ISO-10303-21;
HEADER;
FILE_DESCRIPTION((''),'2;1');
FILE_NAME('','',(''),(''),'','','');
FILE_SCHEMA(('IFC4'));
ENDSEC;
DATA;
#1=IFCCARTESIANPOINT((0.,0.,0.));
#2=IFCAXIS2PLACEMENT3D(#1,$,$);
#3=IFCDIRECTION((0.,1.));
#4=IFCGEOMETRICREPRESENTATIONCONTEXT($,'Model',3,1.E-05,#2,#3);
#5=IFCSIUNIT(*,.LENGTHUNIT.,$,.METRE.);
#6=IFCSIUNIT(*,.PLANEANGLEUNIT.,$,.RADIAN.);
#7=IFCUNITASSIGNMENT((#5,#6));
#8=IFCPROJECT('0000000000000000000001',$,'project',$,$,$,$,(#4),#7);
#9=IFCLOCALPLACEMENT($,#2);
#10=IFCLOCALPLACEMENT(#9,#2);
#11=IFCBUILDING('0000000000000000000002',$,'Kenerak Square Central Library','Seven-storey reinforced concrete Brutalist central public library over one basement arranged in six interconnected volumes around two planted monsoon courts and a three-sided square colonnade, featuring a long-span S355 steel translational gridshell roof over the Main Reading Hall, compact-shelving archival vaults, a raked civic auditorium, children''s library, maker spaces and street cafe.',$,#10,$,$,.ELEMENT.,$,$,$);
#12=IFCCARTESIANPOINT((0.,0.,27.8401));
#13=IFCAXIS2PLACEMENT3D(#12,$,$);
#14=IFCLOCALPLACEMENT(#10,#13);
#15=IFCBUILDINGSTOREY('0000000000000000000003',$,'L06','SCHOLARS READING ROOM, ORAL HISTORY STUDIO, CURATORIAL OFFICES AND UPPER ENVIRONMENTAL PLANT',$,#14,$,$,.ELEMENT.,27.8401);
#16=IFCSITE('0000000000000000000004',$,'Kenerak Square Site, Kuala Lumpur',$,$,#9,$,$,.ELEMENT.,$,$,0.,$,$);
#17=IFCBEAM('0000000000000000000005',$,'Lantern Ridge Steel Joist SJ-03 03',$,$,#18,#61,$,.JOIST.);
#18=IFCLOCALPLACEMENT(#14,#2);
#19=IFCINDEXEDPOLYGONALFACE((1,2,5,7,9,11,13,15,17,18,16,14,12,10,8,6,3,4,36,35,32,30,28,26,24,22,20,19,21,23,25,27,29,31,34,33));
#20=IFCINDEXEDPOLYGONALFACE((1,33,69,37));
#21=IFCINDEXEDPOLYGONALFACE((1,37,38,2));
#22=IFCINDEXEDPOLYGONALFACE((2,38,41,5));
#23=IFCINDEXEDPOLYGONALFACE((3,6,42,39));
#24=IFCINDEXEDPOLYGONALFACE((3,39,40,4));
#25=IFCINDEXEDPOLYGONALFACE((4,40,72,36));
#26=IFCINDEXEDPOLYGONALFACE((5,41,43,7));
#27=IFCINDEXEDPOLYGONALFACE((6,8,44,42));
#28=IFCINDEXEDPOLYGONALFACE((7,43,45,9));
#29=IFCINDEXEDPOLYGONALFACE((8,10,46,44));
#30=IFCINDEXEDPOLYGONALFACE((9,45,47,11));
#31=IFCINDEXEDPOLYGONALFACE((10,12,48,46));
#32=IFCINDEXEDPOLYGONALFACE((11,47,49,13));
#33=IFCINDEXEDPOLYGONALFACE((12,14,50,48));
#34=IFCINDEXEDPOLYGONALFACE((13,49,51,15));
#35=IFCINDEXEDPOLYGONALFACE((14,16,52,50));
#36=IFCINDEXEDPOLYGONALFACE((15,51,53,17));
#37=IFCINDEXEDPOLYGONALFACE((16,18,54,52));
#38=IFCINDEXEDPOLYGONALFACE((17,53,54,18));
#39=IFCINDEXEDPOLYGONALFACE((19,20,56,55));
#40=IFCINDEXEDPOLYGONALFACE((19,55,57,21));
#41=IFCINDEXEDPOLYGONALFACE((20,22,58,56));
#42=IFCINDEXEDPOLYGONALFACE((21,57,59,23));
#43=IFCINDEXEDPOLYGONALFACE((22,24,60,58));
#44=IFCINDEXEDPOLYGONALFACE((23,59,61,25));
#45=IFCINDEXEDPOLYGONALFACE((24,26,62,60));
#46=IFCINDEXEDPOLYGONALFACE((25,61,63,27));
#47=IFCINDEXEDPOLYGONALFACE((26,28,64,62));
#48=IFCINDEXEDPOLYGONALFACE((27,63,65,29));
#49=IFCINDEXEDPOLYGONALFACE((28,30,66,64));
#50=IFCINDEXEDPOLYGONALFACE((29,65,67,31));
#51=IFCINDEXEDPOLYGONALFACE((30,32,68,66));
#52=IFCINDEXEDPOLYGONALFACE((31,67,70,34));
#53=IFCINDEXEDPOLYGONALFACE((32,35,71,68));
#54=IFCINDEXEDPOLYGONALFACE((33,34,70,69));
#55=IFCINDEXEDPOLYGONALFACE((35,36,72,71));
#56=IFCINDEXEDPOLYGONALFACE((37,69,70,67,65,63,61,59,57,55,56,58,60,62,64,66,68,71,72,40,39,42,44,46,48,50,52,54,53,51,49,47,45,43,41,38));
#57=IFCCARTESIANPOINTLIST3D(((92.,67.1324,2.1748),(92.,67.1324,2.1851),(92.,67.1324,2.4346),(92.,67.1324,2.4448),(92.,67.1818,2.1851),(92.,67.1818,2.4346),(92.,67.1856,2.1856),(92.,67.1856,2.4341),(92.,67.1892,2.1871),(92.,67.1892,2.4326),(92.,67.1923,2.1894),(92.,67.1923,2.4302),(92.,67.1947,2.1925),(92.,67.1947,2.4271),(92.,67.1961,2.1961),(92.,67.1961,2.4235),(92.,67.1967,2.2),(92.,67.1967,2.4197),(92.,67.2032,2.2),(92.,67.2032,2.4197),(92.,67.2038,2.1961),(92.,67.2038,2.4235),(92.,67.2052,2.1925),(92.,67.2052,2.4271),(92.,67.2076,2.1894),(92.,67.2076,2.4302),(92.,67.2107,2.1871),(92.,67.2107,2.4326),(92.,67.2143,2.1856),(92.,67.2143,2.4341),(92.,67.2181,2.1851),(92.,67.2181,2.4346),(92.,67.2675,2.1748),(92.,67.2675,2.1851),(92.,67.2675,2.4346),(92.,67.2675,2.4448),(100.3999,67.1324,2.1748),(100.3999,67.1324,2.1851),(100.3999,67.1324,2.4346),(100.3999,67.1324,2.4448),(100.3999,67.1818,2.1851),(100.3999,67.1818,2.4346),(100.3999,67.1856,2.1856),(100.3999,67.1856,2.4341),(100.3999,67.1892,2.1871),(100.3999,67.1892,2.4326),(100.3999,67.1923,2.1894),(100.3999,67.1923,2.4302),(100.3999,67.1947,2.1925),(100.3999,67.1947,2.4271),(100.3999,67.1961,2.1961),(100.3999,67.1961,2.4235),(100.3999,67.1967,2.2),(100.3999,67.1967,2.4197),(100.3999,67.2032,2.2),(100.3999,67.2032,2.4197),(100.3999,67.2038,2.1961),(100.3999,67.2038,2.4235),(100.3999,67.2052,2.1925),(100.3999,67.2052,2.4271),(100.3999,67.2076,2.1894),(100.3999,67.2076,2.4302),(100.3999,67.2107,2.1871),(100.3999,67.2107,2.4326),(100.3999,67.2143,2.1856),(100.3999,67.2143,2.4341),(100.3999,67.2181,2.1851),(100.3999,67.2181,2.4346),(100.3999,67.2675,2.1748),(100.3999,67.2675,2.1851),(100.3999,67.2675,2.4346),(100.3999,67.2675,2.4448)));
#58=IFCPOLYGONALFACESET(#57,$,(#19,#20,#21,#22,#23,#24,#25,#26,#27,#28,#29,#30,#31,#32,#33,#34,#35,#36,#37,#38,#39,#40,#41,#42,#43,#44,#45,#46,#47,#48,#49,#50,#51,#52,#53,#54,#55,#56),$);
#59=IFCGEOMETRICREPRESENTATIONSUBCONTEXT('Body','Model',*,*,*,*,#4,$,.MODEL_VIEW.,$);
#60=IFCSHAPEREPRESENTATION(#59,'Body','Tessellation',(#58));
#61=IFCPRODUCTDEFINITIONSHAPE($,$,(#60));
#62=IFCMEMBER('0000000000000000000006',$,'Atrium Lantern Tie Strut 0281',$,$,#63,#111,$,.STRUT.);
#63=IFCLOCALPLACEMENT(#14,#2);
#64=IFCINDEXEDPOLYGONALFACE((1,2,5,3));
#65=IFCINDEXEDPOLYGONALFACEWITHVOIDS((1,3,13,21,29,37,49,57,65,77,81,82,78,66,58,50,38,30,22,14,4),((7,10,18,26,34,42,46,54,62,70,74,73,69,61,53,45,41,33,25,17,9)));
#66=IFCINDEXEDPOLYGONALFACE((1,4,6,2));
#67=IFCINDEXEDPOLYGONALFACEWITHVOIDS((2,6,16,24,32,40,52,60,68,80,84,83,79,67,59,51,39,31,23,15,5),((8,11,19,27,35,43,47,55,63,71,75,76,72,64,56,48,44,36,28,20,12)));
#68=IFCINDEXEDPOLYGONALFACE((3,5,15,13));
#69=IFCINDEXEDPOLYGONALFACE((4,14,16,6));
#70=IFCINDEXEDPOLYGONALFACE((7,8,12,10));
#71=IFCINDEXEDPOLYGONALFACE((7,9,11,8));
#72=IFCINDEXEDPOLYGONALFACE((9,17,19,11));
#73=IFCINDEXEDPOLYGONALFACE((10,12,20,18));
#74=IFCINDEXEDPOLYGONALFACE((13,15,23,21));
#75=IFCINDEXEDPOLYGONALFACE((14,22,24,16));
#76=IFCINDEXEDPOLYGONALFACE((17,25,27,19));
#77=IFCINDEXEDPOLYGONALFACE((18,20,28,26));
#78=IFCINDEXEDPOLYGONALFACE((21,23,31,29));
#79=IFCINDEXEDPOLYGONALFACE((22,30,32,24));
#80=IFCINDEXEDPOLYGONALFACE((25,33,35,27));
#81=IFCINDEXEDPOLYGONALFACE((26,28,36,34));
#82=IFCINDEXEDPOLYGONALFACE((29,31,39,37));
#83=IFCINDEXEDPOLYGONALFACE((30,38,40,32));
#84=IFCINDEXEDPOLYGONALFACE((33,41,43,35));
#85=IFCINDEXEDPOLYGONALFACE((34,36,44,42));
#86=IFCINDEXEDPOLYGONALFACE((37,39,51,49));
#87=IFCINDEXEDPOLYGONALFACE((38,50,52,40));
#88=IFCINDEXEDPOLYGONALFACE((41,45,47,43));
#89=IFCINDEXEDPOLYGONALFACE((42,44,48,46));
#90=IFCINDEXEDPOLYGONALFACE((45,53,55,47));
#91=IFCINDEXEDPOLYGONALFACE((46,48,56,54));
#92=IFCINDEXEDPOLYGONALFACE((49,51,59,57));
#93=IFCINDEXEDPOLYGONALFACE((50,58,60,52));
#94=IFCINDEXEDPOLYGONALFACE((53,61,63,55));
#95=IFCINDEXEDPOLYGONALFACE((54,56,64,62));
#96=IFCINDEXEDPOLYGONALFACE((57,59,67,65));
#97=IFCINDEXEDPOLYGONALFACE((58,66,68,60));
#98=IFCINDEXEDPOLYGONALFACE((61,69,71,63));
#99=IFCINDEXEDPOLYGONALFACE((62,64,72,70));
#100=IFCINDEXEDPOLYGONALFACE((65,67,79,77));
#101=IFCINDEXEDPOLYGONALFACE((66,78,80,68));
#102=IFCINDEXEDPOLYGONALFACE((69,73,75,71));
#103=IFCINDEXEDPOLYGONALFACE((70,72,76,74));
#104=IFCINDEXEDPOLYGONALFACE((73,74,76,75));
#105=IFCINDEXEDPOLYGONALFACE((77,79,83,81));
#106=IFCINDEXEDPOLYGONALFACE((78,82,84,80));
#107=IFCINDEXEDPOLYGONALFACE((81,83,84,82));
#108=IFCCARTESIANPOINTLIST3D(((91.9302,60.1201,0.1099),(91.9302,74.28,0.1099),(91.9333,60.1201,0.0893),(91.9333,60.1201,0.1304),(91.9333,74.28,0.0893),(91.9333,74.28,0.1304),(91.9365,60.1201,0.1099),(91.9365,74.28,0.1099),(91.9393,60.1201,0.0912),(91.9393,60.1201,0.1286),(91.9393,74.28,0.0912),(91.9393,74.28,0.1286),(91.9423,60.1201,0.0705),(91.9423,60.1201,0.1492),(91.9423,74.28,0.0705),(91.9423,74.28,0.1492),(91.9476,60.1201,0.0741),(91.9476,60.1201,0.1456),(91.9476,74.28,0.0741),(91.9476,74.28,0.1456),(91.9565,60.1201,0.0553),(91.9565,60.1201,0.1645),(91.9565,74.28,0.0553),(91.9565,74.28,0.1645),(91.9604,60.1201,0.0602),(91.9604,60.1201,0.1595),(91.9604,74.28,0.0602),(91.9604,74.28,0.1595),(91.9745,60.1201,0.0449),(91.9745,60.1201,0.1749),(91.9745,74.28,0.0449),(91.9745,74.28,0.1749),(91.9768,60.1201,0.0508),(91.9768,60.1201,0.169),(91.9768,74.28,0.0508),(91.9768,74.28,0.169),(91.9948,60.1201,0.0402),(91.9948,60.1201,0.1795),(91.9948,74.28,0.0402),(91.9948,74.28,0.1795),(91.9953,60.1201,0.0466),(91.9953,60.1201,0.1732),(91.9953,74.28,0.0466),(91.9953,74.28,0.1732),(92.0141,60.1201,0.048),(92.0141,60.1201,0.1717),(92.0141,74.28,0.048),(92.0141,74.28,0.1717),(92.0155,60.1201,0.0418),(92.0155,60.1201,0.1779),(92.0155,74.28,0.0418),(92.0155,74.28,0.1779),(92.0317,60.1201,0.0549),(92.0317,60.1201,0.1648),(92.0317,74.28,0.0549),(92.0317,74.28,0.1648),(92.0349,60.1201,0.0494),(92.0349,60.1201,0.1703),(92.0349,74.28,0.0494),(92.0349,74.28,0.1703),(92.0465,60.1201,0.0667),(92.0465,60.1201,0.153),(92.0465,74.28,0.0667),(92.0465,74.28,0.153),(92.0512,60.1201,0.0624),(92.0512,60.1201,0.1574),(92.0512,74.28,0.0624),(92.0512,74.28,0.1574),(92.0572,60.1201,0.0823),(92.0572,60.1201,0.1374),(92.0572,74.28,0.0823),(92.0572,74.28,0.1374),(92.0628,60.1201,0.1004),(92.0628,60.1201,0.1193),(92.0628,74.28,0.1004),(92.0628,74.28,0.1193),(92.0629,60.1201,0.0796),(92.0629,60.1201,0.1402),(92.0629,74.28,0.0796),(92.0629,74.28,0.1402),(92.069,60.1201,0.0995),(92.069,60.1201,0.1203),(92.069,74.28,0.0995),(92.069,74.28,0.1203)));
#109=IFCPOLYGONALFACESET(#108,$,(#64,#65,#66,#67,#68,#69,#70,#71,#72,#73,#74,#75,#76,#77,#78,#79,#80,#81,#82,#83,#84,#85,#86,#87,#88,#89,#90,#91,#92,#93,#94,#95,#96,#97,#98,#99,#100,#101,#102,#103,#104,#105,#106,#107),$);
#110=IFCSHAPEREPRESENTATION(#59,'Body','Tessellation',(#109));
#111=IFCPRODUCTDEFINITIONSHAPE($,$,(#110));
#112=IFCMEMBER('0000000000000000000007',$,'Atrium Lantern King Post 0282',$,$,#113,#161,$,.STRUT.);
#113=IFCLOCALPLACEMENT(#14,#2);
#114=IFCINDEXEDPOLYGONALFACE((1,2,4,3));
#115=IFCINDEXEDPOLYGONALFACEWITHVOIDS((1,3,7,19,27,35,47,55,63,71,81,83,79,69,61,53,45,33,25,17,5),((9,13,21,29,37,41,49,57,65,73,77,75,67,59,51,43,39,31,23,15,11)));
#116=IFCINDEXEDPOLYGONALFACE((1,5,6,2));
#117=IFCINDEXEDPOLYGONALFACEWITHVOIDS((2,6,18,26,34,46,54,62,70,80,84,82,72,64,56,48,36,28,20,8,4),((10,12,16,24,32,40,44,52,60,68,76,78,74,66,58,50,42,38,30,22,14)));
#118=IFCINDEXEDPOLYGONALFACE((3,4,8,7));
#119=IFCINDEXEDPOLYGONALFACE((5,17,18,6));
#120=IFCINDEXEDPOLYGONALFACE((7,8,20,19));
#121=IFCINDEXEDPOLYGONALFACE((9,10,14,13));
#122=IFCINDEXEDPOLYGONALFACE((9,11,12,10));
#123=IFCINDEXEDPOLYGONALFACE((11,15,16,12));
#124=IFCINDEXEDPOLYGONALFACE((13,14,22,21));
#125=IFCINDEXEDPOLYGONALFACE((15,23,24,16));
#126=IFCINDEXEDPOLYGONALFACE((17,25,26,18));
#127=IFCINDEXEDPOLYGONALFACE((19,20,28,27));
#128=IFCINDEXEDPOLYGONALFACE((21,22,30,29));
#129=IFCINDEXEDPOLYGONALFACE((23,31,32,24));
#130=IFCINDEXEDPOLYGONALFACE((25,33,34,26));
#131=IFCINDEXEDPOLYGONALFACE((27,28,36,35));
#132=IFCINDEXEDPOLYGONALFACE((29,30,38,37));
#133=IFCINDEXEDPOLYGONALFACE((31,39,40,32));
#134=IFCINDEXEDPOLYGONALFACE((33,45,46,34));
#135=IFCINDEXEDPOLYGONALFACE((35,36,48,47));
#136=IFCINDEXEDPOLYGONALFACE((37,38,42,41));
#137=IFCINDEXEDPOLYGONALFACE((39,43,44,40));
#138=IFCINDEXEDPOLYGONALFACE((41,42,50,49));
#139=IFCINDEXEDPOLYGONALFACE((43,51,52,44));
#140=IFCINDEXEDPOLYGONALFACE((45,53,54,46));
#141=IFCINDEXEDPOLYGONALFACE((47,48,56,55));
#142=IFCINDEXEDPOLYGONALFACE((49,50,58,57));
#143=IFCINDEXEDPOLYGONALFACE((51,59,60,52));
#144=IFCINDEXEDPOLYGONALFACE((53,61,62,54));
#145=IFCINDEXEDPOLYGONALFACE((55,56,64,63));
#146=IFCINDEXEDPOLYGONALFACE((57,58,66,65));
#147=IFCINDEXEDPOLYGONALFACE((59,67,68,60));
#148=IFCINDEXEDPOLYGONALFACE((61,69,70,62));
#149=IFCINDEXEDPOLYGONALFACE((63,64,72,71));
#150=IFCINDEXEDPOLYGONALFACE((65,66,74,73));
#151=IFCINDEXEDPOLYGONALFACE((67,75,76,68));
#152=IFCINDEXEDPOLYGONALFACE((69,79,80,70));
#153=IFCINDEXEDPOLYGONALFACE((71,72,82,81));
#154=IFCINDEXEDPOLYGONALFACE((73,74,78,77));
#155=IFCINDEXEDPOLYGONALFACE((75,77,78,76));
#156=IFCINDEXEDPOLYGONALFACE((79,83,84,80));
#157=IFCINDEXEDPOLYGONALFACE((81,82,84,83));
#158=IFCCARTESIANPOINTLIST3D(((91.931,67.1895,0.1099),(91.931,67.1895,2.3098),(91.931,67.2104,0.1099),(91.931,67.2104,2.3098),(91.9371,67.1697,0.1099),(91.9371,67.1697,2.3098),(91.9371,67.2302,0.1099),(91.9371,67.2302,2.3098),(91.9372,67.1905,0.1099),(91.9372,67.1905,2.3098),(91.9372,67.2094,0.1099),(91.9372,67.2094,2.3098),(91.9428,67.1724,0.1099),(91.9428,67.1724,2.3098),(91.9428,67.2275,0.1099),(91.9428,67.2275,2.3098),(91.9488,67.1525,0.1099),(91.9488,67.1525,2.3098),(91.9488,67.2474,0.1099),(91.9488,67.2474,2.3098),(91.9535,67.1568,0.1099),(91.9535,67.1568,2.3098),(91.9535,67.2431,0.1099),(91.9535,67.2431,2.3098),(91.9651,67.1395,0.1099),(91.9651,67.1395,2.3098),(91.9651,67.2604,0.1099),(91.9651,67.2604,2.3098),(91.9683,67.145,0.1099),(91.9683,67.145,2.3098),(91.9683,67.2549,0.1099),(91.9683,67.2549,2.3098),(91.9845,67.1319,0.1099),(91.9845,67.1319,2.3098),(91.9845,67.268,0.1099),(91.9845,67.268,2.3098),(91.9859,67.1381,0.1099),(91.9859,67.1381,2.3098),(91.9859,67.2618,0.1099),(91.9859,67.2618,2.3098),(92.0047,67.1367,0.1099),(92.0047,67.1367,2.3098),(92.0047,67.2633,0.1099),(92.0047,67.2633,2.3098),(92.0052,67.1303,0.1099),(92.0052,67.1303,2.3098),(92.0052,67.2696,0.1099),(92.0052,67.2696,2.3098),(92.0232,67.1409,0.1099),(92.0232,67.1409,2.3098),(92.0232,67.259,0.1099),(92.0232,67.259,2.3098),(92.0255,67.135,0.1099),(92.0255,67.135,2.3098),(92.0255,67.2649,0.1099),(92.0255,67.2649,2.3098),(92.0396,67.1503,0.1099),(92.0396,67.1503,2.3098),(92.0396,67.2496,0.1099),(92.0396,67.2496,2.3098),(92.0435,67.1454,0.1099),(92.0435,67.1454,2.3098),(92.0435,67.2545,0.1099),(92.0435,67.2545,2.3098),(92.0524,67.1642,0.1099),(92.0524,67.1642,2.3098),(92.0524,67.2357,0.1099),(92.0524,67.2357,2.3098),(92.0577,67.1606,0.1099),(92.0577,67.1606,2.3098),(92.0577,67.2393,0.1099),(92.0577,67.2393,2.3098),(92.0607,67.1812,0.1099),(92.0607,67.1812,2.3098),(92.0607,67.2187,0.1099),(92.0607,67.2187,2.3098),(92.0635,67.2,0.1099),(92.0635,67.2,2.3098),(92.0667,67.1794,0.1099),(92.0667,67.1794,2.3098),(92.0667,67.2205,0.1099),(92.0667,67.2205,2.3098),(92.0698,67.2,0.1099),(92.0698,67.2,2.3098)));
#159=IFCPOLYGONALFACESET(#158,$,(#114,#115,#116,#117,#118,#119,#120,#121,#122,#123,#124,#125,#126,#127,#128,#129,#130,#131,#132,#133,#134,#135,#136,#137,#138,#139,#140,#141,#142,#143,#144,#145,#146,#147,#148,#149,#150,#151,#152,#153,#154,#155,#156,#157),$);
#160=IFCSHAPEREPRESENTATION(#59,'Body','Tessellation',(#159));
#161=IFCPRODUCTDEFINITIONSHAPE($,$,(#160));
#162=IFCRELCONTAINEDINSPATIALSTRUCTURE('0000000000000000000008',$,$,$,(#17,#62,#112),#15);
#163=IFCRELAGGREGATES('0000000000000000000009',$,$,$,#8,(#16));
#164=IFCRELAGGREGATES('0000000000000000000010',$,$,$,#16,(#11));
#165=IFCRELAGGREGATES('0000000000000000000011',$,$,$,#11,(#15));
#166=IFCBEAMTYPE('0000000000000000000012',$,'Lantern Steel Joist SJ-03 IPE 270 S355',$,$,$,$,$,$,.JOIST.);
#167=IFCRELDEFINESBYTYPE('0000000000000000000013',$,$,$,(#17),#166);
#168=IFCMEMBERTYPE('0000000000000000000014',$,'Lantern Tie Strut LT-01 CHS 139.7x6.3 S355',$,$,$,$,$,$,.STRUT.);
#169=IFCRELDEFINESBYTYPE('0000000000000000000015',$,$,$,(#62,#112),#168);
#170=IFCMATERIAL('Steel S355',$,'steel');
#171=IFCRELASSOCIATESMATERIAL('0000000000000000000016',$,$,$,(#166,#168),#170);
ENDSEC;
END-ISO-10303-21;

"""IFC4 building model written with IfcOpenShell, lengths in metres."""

from ifc_helpers import new_model, si_unit, direction, frame, origin, origin_2d, place, context, subcontext, project, spatial, hollow_circle, i_section, extrude, material, material_profile, profile_set, type_object, element, save


model = new_model("IFC4")

# Units and contexts
model_context = context("Model", 3, precision=1e-05, world=origin(), true_north=direction((0.0, 1.0)))
body_context = subcontext(model_context, "Body", "Model", "MODEL_VIEW")
ifc_project = project(units=[si_unit("LENGTHUNIT", "METRE"), si_unit("PLANEANGLEUNIT", "RADIAN")], contexts=[model_context])

# Site, building, storey
site_placement = place(None, origin())
site = spatial("IfcSite", under=ifc_project, at=site_placement, Name="Kenerak Square Site, Kuala Lumpur", CompositionType="ELEMENT", RefElevation=0.0)
building_placement = place(site_placement, origin())
building = spatial("IfcBuilding", under=site, at=building_placement, Name="Kenerak Square Central Library", Description="Seven-storey reinforced concrete Brutalist central public library over one basement arranged in six interconnected volumes around two planted monsoon courts and a three-sided square colonnade, featuring a long-span S355 steel translational gridshell roof over the Main Reading Hall, compact-shelving archival vaults, a raked civic auditorium, children's library, maker spaces and street cafe.", CompositionType="ELEMENT")
storey_placement = place(building_placement, frame((0.0, 0.0, 27.8401)))
storey = spatial("IfcBuildingStorey", under=building, at=storey_placement, Name="L06", Description="SCHOLARS READING ROOM, ORAL HISTORY STUDIO, CURATORIAL OFFICES AND UPPER ENVIRONMENTAL PLANT", CompositionType="ELEMENT", Elevation=27.8401)

# Shared definitions
ifc_material_1 = material(Name="Steel S355", Category="steel")

# Beam
ifc_material_profile_1 = material_profile(ifc_material_1, i_section(OverallWidth=0.135, OverallDepth=0.27, WebThickness=0.0066, FlangeThickness=0.0103, FilletRadius=0.0149, at=origin_2d()), Name="IPE 270")
ifc_profile_set_1 = profile_set([ifc_material_profile_1], Name="Steel S355")
beam_type_1 = type_object("IfcBeamType", Name="Lantern Steel Joist SJ-03 IPE 270 S355", PredefinedType="JOIST", material=ifc_profile_set_1)
beam_1_placement = place(storey_placement, frame((92.0, 67.2, 2.3098), z_axis=(1.0, 0.0, 0.0), x_axis=(0.0, 1.0, 0.0)))
element("IfcBeam", 1, at=beam_1_placement, inside=storey, type_object=beam_type_1, Name="Lantern Ridge Steel Joist SJ-03 03", PredefinedType="JOIST", context=body_context, shape_type="SweptSolid", body=[
    extrude(i_section(OverallWidth=0.135, OverallDepth=0.27, WebThickness=0.0066, FlangeThickness=0.0103, FilletRadius=0.0149, at=origin_2d()), origin(), (0.0, 0.0, 1.0), 8.3999),
])

# Members
ifc_material_profile_2 = material_profile(ifc_material_1, hollow_circle(Radius=0.0698, WallThickness=0.0063, at=origin_2d()), Name="CHS 139.7x6.3")
ifc_profile_set_2 = profile_set([ifc_material_profile_2], Name="Steel S355")
member_type_1 = type_object("IfcMemberType", Name="Lantern Tie Strut LT-01 CHS 139.7x6.3 S355", PredefinedType="STRUT", material=ifc_profile_set_2)
member_1_placement = place(storey_placement, frame((92.0, 60.1201, 0.1099), z_axis=(0.0, 1.0, 0.0), x_axis=(-1.0, 0.0, 0.0)))
element("IfcMember", 2, at=member_1_placement, inside=storey, type_object=member_type_1, Name="Atrium Lantern Tie Strut 0281", PredefinedType="STRUT", context=body_context, shape_type="SweptSolid", body=[
    extrude(hollow_circle(Radius=0.0698, WallThickness=0.0063, at=origin_2d()), origin(), (0.0, 0.0, 1.0), 14.1599),
])
member_2_placement = place(storey_placement, frame((92.0, 67.2, 0.1099), z_axis=(0.0, 0.0, 1.0), x_axis=(1.0, 0.0, 0.0)))
element("IfcMember", 3, at=member_2_placement, inside=storey, type_object=member_type_1, Name="Atrium Lantern King Post 0282", PredefinedType="STRUT", context=body_context, shape_type="SweptSolid", body=[
    extrude(hollow_circle(Radius=0.0698, WallThickness=0.0063, at=origin_2d()), origin(), (0.0, 0.0, 1.0), 2.2),
])

save(model, "model.ifc")
